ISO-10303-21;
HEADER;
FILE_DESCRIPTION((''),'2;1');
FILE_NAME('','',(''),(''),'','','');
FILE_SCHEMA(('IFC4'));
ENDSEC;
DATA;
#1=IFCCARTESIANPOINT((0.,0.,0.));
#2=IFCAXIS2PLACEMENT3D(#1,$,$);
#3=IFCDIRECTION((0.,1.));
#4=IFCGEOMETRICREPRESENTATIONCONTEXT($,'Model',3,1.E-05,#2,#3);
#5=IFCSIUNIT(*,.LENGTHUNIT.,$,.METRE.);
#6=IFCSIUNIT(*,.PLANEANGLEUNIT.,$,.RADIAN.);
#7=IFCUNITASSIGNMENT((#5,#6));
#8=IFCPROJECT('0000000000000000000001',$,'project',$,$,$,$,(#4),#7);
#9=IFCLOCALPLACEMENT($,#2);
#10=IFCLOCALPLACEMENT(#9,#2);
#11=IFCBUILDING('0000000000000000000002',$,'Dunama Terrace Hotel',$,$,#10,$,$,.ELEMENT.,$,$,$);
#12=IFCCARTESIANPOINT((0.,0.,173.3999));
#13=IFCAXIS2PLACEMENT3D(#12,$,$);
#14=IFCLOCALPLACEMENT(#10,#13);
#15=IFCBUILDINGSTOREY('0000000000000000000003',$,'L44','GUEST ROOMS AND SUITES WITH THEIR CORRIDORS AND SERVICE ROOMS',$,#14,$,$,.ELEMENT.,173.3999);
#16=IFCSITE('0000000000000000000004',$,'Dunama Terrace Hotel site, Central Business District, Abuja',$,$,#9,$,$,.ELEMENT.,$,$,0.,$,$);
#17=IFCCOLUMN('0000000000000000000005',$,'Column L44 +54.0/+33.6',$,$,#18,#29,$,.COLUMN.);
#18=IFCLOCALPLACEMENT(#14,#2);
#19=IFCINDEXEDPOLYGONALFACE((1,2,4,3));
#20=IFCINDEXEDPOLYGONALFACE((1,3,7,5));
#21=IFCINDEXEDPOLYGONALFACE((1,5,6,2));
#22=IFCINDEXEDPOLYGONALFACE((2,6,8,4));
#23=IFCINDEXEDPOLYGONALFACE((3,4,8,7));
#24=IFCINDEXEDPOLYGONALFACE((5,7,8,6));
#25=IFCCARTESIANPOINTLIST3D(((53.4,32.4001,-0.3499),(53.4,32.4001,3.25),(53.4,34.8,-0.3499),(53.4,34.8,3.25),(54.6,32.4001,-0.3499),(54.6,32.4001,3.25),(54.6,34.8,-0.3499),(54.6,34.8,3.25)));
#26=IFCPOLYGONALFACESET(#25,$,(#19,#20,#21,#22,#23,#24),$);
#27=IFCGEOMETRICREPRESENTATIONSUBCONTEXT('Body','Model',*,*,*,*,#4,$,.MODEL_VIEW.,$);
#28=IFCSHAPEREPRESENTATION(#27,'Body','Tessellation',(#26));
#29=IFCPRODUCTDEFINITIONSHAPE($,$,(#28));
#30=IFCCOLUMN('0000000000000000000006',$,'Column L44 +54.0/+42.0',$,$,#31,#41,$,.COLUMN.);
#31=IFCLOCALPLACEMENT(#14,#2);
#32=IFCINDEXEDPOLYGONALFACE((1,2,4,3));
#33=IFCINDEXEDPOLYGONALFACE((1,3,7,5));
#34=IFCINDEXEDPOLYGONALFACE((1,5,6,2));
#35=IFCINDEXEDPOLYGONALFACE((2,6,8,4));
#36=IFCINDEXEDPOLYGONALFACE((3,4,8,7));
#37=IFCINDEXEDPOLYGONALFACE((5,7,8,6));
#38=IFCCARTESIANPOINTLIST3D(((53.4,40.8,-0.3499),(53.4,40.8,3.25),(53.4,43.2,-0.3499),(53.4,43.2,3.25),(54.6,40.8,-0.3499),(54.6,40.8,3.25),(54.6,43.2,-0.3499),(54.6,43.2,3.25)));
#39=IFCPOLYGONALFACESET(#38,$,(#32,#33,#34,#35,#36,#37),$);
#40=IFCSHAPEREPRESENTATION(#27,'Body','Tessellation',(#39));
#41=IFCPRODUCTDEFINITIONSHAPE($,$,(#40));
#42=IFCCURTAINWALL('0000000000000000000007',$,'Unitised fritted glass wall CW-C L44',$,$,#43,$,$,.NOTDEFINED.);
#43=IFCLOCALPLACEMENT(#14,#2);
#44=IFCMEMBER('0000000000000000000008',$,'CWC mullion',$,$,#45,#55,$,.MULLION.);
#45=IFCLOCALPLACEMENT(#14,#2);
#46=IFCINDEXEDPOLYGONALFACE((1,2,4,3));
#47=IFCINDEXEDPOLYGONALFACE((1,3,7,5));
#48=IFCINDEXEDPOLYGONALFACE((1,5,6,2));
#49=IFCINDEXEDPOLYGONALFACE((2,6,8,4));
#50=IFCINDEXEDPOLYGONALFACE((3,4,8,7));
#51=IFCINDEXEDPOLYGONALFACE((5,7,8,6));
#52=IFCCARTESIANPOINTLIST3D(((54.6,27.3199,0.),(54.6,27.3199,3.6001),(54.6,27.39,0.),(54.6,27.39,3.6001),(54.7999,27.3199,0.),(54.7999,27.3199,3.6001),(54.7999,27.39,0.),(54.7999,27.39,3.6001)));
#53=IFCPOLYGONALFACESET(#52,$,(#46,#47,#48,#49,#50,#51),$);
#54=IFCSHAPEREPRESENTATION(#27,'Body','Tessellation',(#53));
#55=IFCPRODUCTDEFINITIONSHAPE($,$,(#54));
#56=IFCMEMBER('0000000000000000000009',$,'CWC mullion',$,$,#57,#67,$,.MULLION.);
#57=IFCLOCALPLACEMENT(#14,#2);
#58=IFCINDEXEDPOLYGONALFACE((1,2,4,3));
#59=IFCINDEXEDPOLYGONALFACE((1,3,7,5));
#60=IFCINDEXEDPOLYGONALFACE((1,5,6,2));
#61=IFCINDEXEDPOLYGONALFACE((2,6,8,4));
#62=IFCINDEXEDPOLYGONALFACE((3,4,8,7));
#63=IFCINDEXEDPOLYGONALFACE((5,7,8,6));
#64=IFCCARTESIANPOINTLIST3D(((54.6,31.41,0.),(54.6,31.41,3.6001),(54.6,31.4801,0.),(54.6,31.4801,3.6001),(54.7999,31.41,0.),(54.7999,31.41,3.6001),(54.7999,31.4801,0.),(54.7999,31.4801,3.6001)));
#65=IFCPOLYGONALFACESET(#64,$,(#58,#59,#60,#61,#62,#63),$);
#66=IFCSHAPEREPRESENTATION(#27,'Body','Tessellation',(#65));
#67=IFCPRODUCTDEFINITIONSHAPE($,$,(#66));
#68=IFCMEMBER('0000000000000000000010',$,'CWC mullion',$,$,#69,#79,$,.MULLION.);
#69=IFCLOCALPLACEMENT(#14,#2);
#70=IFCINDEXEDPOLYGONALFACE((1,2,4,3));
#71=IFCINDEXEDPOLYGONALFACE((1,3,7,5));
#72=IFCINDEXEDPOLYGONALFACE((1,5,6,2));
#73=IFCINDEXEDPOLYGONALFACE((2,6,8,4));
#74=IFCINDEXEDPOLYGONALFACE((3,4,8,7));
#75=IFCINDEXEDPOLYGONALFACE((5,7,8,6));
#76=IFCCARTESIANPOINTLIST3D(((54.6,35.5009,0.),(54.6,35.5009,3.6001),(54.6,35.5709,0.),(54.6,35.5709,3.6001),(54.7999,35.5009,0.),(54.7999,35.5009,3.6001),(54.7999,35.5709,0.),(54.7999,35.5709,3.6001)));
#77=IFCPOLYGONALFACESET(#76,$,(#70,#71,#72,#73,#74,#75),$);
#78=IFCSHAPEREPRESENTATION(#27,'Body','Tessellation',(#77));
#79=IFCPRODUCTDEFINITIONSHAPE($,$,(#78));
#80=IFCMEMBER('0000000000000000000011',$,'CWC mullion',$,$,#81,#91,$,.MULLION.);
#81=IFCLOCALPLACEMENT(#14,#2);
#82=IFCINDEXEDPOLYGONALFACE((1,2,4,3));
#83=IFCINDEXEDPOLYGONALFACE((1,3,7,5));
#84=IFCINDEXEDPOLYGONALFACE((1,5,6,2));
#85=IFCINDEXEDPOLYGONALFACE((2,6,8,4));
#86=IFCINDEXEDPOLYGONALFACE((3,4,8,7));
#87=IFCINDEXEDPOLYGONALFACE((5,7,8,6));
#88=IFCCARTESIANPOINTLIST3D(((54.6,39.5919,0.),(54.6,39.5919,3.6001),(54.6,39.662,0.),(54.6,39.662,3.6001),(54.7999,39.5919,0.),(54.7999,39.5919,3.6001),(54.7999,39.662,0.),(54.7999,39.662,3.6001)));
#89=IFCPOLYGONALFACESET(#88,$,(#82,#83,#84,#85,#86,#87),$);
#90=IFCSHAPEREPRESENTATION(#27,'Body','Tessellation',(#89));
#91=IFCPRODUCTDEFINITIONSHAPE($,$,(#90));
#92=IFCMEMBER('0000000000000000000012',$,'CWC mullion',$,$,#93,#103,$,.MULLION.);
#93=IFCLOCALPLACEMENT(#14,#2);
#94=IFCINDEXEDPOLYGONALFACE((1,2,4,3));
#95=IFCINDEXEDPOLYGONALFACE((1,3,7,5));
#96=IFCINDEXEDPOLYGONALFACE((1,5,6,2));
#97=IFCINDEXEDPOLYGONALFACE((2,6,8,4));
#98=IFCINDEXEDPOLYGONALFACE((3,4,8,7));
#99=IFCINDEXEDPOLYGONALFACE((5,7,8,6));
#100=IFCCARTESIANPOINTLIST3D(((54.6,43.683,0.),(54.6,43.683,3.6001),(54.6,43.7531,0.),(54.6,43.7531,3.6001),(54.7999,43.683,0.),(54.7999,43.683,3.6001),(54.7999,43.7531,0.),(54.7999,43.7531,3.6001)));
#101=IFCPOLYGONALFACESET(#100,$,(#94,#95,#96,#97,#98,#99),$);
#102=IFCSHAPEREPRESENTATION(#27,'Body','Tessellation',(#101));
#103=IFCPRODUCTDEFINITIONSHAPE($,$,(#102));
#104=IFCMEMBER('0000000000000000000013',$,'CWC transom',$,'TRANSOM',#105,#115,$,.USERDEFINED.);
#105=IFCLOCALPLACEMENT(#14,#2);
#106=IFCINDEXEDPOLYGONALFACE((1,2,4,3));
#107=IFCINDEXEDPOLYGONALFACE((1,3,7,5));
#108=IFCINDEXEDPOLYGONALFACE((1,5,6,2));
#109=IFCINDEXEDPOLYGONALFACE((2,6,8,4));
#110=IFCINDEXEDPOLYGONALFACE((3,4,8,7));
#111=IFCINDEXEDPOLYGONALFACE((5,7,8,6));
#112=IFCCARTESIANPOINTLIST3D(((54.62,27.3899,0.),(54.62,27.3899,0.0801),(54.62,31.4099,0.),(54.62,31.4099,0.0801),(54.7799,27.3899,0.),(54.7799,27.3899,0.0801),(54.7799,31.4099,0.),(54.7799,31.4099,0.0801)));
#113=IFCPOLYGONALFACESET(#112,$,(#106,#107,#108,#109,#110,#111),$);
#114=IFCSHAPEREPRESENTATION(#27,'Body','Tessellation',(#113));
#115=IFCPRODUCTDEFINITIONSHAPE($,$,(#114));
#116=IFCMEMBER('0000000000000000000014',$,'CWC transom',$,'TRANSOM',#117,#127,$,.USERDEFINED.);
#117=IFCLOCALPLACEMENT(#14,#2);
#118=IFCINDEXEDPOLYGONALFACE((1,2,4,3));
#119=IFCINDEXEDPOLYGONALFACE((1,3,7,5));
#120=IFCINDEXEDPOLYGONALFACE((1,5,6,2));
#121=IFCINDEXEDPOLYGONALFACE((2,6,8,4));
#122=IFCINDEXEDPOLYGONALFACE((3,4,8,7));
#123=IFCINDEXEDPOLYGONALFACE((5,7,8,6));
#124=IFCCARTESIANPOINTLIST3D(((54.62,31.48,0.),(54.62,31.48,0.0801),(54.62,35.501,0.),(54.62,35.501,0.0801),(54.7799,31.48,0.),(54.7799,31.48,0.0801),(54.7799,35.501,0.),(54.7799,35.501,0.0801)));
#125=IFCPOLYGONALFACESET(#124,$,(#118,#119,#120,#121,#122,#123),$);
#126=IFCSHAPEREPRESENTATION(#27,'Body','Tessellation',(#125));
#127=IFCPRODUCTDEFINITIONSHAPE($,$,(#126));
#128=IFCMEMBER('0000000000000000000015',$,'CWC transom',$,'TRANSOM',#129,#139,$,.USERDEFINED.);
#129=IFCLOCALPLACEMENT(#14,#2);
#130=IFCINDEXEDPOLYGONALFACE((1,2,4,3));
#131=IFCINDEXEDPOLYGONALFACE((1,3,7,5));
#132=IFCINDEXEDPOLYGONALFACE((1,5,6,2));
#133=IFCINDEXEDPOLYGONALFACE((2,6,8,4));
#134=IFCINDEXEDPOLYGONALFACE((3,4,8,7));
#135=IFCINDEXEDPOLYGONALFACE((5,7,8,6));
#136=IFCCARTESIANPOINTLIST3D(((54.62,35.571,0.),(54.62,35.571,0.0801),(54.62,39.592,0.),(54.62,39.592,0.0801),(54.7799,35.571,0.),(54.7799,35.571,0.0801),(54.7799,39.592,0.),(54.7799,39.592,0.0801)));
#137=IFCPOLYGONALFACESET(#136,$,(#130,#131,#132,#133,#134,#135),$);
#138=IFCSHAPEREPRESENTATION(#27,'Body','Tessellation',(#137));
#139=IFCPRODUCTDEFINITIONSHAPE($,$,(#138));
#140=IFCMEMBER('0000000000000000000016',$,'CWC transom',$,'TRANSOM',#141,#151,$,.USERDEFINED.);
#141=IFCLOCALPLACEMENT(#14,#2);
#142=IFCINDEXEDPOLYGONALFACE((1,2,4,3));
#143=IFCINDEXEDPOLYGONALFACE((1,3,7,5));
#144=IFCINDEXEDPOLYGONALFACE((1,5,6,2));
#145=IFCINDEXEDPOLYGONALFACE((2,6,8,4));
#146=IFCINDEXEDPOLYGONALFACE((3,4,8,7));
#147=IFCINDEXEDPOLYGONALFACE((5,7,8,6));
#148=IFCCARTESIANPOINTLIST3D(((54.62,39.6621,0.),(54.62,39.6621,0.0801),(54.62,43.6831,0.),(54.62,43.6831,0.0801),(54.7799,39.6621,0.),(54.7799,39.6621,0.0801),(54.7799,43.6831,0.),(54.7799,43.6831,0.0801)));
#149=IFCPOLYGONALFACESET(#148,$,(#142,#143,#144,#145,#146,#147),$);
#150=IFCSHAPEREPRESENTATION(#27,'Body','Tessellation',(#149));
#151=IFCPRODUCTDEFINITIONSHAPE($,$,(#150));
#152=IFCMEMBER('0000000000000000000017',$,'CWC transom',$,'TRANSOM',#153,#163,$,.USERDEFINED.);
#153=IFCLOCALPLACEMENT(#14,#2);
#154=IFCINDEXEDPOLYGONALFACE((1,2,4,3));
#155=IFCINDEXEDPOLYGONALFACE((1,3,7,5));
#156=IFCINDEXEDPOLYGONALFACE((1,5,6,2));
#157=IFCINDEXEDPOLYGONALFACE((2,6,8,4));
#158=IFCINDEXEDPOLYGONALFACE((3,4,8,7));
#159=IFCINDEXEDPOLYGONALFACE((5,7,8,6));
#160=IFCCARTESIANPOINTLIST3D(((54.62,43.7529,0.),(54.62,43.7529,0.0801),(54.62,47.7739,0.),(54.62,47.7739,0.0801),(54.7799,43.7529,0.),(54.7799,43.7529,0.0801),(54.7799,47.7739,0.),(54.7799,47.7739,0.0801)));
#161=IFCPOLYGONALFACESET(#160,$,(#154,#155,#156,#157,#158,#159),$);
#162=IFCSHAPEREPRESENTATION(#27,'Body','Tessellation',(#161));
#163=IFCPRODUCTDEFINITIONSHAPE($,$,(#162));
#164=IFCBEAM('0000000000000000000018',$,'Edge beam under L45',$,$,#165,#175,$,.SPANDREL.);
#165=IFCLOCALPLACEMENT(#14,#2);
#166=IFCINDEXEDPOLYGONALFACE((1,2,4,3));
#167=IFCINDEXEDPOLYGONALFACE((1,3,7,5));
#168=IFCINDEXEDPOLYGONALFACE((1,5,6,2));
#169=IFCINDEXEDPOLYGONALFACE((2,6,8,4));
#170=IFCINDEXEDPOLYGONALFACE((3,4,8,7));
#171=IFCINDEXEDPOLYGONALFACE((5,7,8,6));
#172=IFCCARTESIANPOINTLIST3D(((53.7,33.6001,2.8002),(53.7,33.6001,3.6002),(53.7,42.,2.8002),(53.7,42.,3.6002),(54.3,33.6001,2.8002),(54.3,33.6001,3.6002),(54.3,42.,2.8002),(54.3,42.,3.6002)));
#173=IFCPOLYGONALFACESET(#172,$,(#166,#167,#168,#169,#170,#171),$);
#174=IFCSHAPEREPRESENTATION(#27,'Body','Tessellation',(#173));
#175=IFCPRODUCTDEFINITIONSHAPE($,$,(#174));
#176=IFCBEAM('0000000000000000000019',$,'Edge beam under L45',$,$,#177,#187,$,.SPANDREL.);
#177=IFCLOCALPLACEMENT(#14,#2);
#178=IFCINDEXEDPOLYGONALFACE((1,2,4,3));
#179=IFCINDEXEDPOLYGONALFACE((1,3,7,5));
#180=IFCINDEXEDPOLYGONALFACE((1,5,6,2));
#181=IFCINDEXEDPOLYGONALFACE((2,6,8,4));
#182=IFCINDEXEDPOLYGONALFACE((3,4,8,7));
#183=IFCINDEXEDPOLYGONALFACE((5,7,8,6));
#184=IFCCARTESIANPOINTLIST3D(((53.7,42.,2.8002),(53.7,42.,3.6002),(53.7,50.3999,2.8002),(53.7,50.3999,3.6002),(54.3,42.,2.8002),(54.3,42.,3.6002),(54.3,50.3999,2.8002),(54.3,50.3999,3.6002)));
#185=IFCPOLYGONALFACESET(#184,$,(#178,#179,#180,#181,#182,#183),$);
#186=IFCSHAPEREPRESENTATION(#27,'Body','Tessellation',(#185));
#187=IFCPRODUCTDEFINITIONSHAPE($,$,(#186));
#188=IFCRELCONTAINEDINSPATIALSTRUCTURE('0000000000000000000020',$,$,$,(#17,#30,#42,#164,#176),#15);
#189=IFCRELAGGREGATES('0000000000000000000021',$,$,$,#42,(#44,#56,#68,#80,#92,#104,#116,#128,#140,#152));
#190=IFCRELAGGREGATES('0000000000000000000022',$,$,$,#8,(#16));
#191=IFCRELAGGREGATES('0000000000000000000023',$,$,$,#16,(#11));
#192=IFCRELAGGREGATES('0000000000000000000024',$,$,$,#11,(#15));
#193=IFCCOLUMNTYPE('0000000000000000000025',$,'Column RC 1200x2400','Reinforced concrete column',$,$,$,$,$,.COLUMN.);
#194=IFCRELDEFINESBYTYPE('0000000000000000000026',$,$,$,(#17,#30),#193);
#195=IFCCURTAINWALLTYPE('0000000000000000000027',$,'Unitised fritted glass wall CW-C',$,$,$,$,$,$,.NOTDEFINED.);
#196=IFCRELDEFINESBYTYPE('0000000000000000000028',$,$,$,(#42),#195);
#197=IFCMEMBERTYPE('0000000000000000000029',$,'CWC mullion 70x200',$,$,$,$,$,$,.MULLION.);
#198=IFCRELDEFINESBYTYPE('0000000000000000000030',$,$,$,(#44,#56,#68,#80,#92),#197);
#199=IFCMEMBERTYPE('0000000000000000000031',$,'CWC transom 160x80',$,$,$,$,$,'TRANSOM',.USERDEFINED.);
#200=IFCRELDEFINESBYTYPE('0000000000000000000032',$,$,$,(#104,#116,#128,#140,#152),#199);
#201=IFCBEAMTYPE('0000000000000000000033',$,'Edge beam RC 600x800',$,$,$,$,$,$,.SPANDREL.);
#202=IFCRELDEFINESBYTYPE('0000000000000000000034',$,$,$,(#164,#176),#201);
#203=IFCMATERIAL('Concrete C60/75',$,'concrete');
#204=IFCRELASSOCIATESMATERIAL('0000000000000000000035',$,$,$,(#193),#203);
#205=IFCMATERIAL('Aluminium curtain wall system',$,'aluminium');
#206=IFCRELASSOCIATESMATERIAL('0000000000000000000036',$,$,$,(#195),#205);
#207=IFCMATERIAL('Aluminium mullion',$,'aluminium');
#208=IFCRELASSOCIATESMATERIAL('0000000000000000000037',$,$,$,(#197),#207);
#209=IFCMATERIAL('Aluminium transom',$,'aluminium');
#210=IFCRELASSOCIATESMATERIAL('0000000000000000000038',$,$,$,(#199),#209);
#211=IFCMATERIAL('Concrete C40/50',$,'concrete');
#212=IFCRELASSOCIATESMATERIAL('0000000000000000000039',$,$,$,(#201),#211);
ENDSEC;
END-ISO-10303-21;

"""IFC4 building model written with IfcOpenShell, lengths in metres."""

from ifc_helpers import new_model, si_unit, direction, frame, origin, origin_2d, place, context, subcontext, project, spatial, rectangle, extrude, material, material_profile, profile_set, type_object, element, aggregate, save


model = new_model("IFC4")

# Units and contexts
model_context = context("Model", 3, precision=1e-05, world=origin(), true_north=direction((0.0, 1.0)))
body_context = subcontext(model_context, "Body", "Model", "MODEL_VIEW")
ifc_project = project(units=[si_unit("LENGTHUNIT", "METRE"), si_unit("PLANEANGLEUNIT", "RADIAN")], contexts=[model_context])

# Site, building, storey
site_placement = place(None, origin())
site = spatial("IfcSite", under=ifc_project, at=site_placement, Name="Dunama Terrace Hotel site, Central Business District, Abuja", CompositionType="ELEMENT", RefElevation=0.0)
building_placement = place(site_placement, origin())
building = spatial("IfcBuilding", under=site, at=building_placement, Name="Dunama Terrace Hotel", CompositionType="ELEMENT")
storey_placement = place(building_placement, frame((0.0, 0.0, 173.3999)))
storey = spatial("IfcBuildingStorey", under=building, at=storey_placement, Name="L44", Description="GUEST ROOMS AND SUITES WITH THEIR CORRIDORS AND SERVICE ROOMS", CompositionType="ELEMENT", Elevation=173.3999)

# Columns
ifc_material_1 = material(Name="Concrete C60/75", Category="concrete")
ifc_material_profile_1 = material_profile(ifc_material_1, rectangle(XDim=1.2, YDim=2.3999, at=origin_2d()), Name="RC 1200x2400")
ifc_profile_set_1 = profile_set([ifc_material_profile_1], Name="Concrete C60/75")
column_type = type_object("IfcColumnType", Name="Column RC 1200x2400", Description="Reinforced concrete column", PredefinedType="COLUMN", material=ifc_profile_set_1)
for number, where, z_axis, x_axis, name in (
    (1, (54.0, 33.6001, -0.3499), (0.0, 0.0, 1.0), (1.0, 0.0, 0.0), "Column L44 +54.0/+33.6"),
    (2, (54.0, 42.0, -0.3499), (0.0, 0.0, 1.0), (1.0, 0.0, 0.0), "Column L44 +54.0/+42.0"),
):
    element("IfcColumn", number, at=place(storey_placement, frame(where, z_axis=z_axis, x_axis=x_axis)), inside=storey, type_object=column_type, Name=name, PredefinedType="COLUMN", context=body_context, shape_type="SweptSolid", body=[
        extrude(rectangle(XDim=1.2, YDim=2.3999, at=origin_2d()), origin(), (0.0, 0.0, 1.0), 3.5999),
    ])

# Curtain wall, members
ifc_material_2 = material(Name="Aluminium curtain wall system", Category="aluminium")
curtain_wall_type = type_object("IfcCurtainWallType", Name="Unitised fritted glass wall CW-C", PredefinedType="NOTDEFINED", material=ifc_material_2)
curtain_wall_placement = place(storey_placement, origin())
curtain_wall = element("IfcCurtainWall", 3, at=curtain_wall_placement, inside=storey, type_object=curtain_wall_type, Name="Unitised fritted glass wall CW-C L44", PredefinedType="NOTDEFINED")
ifc_material_3 = material(Name="Aluminium mullion", Category="aluminium")
ifc_material_profile_2 = material_profile(ifc_material_3, rectangle(XDim=0.0701, YDim=0.2, at=origin_2d()), Name="CWC MULLION 70X200")
ifc_profile_set_2 = profile_set([ifc_material_profile_2], Name="Aluminium mullion")
member_type_1 = type_object("IfcMemberType", Name="CWC mullion 70x200", PredefinedType="MULLION", material=ifc_profile_set_2)
member_1_placement = place(storey_placement, frame((54.7, 27.355, 0.0), z_axis=(0.0, 0.0, 1.0), x_axis=(0.0, 1.0, 0.0)))
member_1 = element("IfcMember", 4, at=member_1_placement, type_object=member_type_1, Name="CWC mullion", PredefinedType="MULLION", context=body_context, shape_type="SweptSolid", body=[
    extrude(rectangle(XDim=0.0701, YDim=0.2, at=origin_2d()), origin(), (0.0, 0.0, 1.0), 3.6001),
])
member_2_placement = place(storey_placement, frame((54.7, 31.4451, 0.0), z_axis=(0.0, 0.0, 1.0), x_axis=(0.0, 1.0, 0.0)))
member_2 = element("IfcMember", 5, at=member_2_placement, type_object=member_type_1, Name="CWC mullion", PredefinedType="MULLION", context=body_context, shape_type="SweptSolid", body=[
    extrude(rectangle(XDim=0.0701, YDim=0.2, at=origin_2d()), origin(), (0.0, 0.0, 1.0), 3.6001),
])
member_3_placement = place(storey_placement, frame((54.7, 35.5359, 0.0), z_axis=(0.0, 0.0, 1.0), x_axis=(0.0, 1.0, 0.0)))
member_3 = element("IfcMember", 6, at=member_3_placement, type_object=member_type_1, Name="CWC mullion", PredefinedType="MULLION", context=body_context, shape_type="SweptSolid", body=[
    extrude(rectangle(XDim=0.0701, YDim=0.2, at=origin_2d()), origin(), (0.0, 0.0, 1.0), 3.6001),
])
member_4_placement = place(storey_placement, frame((54.7, 39.627, 0.0), z_axis=(0.0, 0.0, 1.0), x_axis=(0.0, 1.0, 0.0)))
member_4 = element("IfcMember", 7, at=member_4_placement, type_object=member_type_1, Name="CWC mullion", PredefinedType="MULLION", context=body_context, shape_type="SweptSolid", body=[
    extrude(rectangle(XDim=0.0701, YDim=0.2, at=origin_2d()), origin(), (0.0, 0.0, 1.0), 3.6001),
])
member_5_placement = place(storey_placement, frame((54.7, 43.718, 0.0), z_axis=(0.0, 0.0, 1.0), x_axis=(0.0, 1.0, 0.0)))
member_5 = element("IfcMember", 8, at=member_5_placement, type_object=member_type_1, Name="CWC mullion", PredefinedType="MULLION", context=body_context, shape_type="SweptSolid", body=[
    extrude(rectangle(XDim=0.0701, YDim=0.2, at=origin_2d()), origin(), (0.0, 0.0, 1.0), 3.6001),
])
ifc_material_4 = material(Name="Aluminium transom", Category="aluminium")
ifc_material_profile_3 = material_profile(ifc_material_4, rectangle(XDim=0.1599, YDim=0.0801, at=origin_2d()), Name="CWC TRANSOM 160X80")
ifc_profile_set_3 = profile_set([ifc_material_profile_3], Name="Aluminium transom")
member_type_2 = type_object("IfcMemberType", Name="CWC transom 160x80", ElementType="TRANSOM", PredefinedType="USERDEFINED", material=ifc_profile_set_3)
member_6_placement = place(storey_placement, frame((54.7, 27.3899, 0.04), z_axis=(0.0, 1.0, 0.0), x_axis=(-1.0, 0.0, 0.0)))
member_6 = element("IfcMember", 9, at=member_6_placement, type_object=member_type_2, Name="CWC transom", ObjectType="TRANSOM", PredefinedType="USERDEFINED", context=body_context, shape_type="SweptSolid", body=[
    extrude(rectangle(XDim=0.1599, YDim=0.0801, at=origin_2d()), origin(), (0.0, 0.0, 1.0), 4.02),
])
member_7_placement = place(storey_placement, frame((54.7, 31.48, 0.04), z_axis=(0.0, 1.0, 0.0), x_axis=(-1.0, 0.0, 0.0)))
member_7 = element("IfcMember", 10, at=member_7_placement, type_object=member_type_2, Name="CWC transom", ObjectType="TRANSOM", PredefinedType="USERDEFINED", context=body_context, shape_type="SweptSolid", body=[
    extrude(rectangle(XDim=0.1599, YDim=0.0801, at=origin_2d()), origin(), (0.0, 0.0, 1.0), 4.021),
])
member_8_placement = place(storey_placement, frame((54.7, 35.571, 0.04), z_axis=(0.0, 1.0, 0.0), x_axis=(-1.0, 0.0, 0.0)))
member_8 = element("IfcMember", 11, at=member_8_placement, type_object=member_type_2, Name="CWC transom", ObjectType="TRANSOM", PredefinedType="USERDEFINED", context=body_context, shape_type="SweptSolid", body=[
    extrude(rectangle(XDim=0.1599, YDim=0.0801, at=origin_2d()), origin(), (0.0, 0.0, 1.0), 4.021),
])
member_9_placement = place(storey_placement, frame((54.7, 39.6621, 0.04), z_axis=(0.0, 1.0, 0.0), x_axis=(-1.0, 0.0, 0.0)))
member_9 = element("IfcMember", 12, at=member_9_placement, type_object=member_type_2, Name="CWC transom", ObjectType="TRANSOM", PredefinedType="USERDEFINED", context=body_context, shape_type="SweptSolid", body=[
    extrude(rectangle(XDim=0.1599, YDim=0.0801, at=origin_2d()), origin(), (0.0, 0.0, 1.0), 4.021),
])
member_10_placement = place(storey_placement, frame((54.7, 43.7529, 0.04), z_axis=(0.0, 1.0, 0.0), x_axis=(-1.0, 0.0, 0.0)))
member_10 = element("IfcMember", 13, at=member_10_placement, type_object=member_type_2, Name="CWC transom", ObjectType="TRANSOM", PredefinedType="USERDEFINED", context=body_context, shape_type="SweptSolid", body=[
    extrude(rectangle(XDim=0.1599, YDim=0.0801, at=origin_2d()), origin(), (0.0, 0.0, 1.0), 4.021),
])

# Beams
ifc_material_5 = material(Name="Concrete C40/50", Category="concrete")
ifc_material_profile_4 = material_profile(ifc_material_5, rectangle(XDim=0.6001, YDim=0.8, at=origin_2d()), Name="RC 600x800")
ifc_profile_set_4 = profile_set([ifc_material_profile_4], Name="Concrete C40/50")
beam_type = type_object("IfcBeamType", Name="Edge beam RC 600x800", PredefinedType="SPANDREL", material=ifc_profile_set_4)
for number, where, z_axis, x_axis, name in (
    (14, (54.0, 33.6001, 3.2002), (0.0, 1.0, 0.0), (-1.0, 0.0, 0.0), "Edge beam under L45"),
    (15, (54.0, 42.0, 3.2002), (0.0, 1.0, 0.0), (-1.0, 0.0, 0.0), "Edge beam under L45"),
):
    element("IfcBeam", number, at=place(storey_placement, frame(where, z_axis=z_axis, x_axis=x_axis)), inside=storey, type_object=beam_type, Name=name, PredefinedType="SPANDREL", context=body_context, shape_type="SweptSolid", body=[
        extrude(rectangle(XDim=0.6001, YDim=0.8, at=origin_2d()), origin(), (0.0, 0.0, 1.0), 8.3999),
    ])

aggregate(curtain_wall, [member_1, member_2, member_3, member_4, member_5, member_6, member_7, member_8, member_9, member_10])

save(model, "model.ifc")
